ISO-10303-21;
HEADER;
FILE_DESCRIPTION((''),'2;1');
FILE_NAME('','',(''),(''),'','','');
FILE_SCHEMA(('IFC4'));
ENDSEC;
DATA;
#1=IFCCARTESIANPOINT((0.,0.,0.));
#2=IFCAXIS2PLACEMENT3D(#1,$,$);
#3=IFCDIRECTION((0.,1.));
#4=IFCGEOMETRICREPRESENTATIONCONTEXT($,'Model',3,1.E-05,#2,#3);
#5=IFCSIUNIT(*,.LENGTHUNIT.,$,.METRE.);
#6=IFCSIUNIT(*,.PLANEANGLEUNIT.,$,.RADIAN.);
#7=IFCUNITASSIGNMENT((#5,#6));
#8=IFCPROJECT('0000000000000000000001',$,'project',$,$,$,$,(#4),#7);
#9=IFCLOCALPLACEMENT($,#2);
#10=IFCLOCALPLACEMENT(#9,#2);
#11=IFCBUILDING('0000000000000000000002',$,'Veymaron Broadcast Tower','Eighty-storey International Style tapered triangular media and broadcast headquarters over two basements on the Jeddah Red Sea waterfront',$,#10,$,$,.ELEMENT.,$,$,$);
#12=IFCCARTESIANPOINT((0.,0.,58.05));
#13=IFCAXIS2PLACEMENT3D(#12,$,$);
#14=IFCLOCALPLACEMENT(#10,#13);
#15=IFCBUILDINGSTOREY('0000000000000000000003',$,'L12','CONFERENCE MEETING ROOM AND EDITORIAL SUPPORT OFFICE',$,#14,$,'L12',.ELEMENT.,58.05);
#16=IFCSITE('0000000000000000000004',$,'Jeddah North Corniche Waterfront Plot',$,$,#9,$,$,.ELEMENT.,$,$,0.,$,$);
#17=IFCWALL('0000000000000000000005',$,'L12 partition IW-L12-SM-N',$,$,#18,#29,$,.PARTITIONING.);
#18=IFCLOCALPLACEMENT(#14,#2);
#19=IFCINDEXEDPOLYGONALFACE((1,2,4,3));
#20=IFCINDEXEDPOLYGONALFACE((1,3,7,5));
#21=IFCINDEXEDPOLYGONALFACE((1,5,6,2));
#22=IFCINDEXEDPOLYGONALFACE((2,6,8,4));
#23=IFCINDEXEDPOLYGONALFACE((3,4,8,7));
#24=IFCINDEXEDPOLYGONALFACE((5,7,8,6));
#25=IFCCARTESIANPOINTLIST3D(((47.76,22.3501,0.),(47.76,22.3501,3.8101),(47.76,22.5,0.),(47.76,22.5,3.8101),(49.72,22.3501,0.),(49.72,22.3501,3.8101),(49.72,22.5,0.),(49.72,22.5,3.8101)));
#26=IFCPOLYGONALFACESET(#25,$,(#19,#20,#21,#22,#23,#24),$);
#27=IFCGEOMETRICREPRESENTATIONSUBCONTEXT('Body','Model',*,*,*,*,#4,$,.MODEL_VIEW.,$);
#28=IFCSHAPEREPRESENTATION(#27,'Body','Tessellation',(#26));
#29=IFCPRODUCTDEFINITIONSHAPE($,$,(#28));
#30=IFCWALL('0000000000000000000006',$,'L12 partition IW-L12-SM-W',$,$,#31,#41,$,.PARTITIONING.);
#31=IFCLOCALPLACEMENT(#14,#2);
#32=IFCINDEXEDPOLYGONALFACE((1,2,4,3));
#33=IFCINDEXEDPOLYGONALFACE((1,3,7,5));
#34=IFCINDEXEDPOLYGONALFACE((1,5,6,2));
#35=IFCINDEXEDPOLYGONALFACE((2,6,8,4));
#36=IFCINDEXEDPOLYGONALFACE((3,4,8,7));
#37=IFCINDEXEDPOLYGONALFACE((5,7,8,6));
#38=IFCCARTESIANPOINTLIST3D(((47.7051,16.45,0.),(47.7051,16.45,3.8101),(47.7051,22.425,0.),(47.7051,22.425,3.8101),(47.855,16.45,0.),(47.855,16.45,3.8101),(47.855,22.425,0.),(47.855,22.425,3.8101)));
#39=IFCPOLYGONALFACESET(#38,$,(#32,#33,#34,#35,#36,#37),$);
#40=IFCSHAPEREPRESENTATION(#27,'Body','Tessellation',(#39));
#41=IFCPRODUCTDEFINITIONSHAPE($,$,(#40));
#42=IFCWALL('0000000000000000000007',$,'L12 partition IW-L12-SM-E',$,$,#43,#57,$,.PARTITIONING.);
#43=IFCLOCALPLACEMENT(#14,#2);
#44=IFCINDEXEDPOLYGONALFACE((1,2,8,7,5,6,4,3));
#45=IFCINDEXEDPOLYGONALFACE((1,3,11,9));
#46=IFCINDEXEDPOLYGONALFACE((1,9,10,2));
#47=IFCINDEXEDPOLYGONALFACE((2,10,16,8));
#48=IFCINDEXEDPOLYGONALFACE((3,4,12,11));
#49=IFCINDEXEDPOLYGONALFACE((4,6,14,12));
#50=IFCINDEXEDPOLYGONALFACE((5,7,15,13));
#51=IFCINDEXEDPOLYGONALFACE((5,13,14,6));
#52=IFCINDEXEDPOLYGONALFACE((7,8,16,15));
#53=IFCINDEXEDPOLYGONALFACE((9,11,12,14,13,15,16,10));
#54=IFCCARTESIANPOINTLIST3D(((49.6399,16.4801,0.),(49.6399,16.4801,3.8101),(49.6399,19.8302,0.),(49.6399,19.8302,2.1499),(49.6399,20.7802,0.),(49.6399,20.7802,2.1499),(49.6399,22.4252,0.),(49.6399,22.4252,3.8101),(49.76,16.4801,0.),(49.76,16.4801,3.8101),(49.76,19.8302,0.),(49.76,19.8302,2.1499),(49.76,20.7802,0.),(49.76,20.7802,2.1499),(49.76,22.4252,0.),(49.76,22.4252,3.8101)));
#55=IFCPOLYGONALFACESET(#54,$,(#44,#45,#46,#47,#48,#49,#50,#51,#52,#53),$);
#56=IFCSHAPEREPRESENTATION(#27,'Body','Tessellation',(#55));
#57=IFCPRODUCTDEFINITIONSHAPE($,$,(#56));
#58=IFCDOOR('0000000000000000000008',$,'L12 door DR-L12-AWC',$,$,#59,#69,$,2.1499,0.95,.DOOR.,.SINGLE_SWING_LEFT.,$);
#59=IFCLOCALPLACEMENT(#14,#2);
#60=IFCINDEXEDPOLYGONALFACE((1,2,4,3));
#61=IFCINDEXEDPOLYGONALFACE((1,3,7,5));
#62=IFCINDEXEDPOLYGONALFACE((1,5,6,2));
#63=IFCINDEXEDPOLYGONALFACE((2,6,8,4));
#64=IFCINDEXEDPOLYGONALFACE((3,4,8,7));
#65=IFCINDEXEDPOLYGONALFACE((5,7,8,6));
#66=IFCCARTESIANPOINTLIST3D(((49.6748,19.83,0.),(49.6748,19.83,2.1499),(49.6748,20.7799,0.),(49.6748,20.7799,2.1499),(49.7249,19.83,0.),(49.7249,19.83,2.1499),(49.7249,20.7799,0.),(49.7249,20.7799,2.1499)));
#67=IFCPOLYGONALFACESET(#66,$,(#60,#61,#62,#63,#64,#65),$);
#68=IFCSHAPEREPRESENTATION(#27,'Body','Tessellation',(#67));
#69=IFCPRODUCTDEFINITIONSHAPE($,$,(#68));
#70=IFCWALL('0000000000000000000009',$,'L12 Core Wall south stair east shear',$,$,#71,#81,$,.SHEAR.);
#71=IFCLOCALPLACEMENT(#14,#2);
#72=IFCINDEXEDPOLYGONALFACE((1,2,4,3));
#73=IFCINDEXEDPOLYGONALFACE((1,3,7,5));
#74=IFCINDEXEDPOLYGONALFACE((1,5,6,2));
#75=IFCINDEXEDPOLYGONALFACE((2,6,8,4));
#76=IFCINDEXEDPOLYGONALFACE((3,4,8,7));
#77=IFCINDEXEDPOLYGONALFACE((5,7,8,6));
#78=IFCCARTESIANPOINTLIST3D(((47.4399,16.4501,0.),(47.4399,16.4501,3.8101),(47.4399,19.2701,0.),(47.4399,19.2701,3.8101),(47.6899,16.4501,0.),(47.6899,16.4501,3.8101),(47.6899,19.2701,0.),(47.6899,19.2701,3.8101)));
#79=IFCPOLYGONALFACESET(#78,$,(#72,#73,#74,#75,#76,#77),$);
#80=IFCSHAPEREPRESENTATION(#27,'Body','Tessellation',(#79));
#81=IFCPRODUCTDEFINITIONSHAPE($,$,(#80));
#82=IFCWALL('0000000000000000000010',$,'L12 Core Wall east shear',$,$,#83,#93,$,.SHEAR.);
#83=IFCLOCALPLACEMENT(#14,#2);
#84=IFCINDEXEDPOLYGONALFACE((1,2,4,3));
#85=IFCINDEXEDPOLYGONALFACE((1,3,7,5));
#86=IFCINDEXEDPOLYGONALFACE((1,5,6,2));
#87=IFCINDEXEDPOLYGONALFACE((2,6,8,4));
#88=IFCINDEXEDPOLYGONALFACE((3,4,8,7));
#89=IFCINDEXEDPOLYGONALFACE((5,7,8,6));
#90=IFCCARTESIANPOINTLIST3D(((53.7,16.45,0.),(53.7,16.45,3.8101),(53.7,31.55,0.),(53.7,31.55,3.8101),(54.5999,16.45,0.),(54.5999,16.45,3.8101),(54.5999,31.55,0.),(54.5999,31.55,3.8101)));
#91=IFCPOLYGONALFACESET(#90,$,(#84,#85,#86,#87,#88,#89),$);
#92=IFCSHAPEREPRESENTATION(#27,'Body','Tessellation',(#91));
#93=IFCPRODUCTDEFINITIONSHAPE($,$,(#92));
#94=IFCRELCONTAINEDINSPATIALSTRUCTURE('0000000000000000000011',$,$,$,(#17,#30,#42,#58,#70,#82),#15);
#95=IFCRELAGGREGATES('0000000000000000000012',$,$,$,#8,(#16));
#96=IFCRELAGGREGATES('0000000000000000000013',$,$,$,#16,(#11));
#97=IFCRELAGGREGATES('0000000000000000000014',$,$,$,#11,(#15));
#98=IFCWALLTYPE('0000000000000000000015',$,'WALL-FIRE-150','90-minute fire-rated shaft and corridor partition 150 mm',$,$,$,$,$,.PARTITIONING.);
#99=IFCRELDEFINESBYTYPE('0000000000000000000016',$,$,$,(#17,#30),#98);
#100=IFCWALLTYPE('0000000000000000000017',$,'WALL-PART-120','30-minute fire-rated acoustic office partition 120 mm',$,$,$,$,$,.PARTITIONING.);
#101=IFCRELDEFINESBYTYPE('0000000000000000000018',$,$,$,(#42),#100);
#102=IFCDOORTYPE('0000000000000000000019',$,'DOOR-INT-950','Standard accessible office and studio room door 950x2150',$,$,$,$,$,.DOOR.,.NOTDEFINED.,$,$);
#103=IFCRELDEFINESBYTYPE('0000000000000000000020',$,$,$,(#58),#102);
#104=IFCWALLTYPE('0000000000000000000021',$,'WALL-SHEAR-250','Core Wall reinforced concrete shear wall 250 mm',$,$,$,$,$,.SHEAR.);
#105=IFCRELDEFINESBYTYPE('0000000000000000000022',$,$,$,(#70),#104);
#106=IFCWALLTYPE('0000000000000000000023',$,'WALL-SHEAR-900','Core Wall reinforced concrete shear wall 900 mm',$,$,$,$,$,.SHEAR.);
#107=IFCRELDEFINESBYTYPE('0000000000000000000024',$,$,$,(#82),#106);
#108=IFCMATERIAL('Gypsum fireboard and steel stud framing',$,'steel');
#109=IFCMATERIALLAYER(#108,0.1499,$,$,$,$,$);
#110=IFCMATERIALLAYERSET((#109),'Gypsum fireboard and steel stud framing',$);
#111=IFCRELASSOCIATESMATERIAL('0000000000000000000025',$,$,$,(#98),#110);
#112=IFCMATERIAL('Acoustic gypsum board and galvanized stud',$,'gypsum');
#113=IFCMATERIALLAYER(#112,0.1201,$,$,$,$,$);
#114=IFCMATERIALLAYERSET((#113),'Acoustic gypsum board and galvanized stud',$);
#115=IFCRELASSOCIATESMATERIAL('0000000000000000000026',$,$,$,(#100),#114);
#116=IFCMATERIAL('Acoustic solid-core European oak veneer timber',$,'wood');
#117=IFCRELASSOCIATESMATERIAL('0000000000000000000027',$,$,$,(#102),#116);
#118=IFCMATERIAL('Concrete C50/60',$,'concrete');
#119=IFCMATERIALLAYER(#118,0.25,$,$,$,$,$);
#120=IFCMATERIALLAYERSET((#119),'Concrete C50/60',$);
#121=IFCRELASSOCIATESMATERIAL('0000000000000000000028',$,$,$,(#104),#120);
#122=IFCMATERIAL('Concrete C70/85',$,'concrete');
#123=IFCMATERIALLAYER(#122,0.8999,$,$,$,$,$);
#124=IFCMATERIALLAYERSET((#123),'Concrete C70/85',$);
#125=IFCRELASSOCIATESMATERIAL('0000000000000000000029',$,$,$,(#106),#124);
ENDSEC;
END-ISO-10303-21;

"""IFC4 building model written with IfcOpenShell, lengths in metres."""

from ifc_helpers import new_model, si_unit, direction, frame, frame_2d, origin, place, context, subcontext, project, spatial, rectangle, extrude, material, layer, layer_set, type_object, element, fill, save


model = new_model("IFC4")

# Units and contexts
model_context = context("Model", 3, precision=1e-05, world=origin(), true_north=direction((0.0, 1.0)))
body_context = subcontext(model_context, "Body", "Model", "MODEL_VIEW")
ifc_project = project(units=[si_unit("LENGTHUNIT", "METRE"), si_unit("PLANEANGLEUNIT", "RADIAN")], contexts=[model_context])

# Site, building, storey
site_placement = place(None, origin())
site = spatial("IfcSite", under=ifc_project, at=site_placement, Name="Jeddah North Corniche Waterfront Plot", CompositionType="ELEMENT", RefElevation=0.0)
building_placement = place(site_placement, origin())
building = spatial("IfcBuilding", under=site, at=building_placement, Name="Veymaron Broadcast Tower", Description="Eighty-storey International Style tapered triangular media and broadcast headquarters over two basements on the Jeddah Red Sea waterfront", CompositionType="ELEMENT")
storey_placement = place(building_placement, frame((0.0, 0.0, 58.05)))
storey = spatial("IfcBuildingStorey", under=building, at=storey_placement, Name="L12", Description="CONFERENCE MEETING ROOM AND EDITORIAL SUPPORT OFFICE", LongName="L12", CompositionType="ELEMENT", Elevation=58.05)

# Shared definitions
ifc_material_1 = material(Name="Gypsum fireboard and steel stud framing", Category="steel")
ifc_layer_1 = layer(ifc_material_1, 0.1499)
ifc_layer_set_1 = layer_set([ifc_layer_1], Name="Gypsum fireboard and steel stud framing")
wall_type_1 = type_object("IfcWallType", Name="WALL-FIRE-150", Description="90-minute fire-rated shaft and corridor partition 150 mm", PredefinedType="PARTITIONING", material=ifc_layer_set_1)

# Walls
wall_1_placement = place(storey_placement, frame((47.76, 22.425, 0.0), z_axis=(0.0, 0.0, 1.0), x_axis=(1.0, 0.0, 0.0)))
element("IfcWall", 1, at=wall_1_placement, inside=storey, type_object=wall_type_1, Name="L12 partition IW-L12-SM-N", PredefinedType="PARTITIONING", context=body_context, shape_type="SweptSolid", body=[
    extrude(rectangle(XDim=1.96, YDim=0.1499, at=frame_2d((0.98, 0.0))), origin(), (0.0, 0.0, 1.0), 3.8101),
])
wall_2_placement = place(storey_placement, frame((47.78, 16.45, 0.0), z_axis=(0.0, 0.0, 1.0), x_axis=(0.0, 1.0, 0.0)))
element("IfcWall", 2, at=wall_2_placement, inside=storey, type_object=wall_type_1, Name="L12 partition IW-L12-SM-W", PredefinedType="PARTITIONING", context=body_context, shape_type="SweptSolid", body=[
    extrude(rectangle(XDim=5.9751, YDim=0.1499, at=frame_2d((2.9875, 0.0))), origin(), (0.0, 0.0, 1.0), 3.8101),
])

# Wall, opening, door
ifc_material_2 = material(Name="Acoustic gypsum board and galvanized stud", Category="gypsum")
ifc_layer_2 = layer(ifc_material_2, 0.1201)
ifc_layer_set_2 = layer_set([ifc_layer_2], Name="Acoustic gypsum board and galvanized stud")
wall_type_2 = type_object("IfcWallType", Name="WALL-PART-120", Description="30-minute fire-rated acoustic office partition 120 mm", PredefinedType="PARTITIONING", material=ifc_layer_set_2)
wall_3_placement = place(storey_placement, frame((49.7, 16.48, 0.0), z_axis=(0.0, 0.0, 1.0), x_axis=(0.0, 1.0, 0.0)))
wall_3 = element("IfcWall", 3, at=wall_3_placement, inside=storey, type_object=wall_type_2, Name="L12 partition IW-L12-SM-E", PredefinedType="PARTITIONING", context=body_context, shape_type="SweptSolid", body=[
    extrude(rectangle(XDim=5.9451, YDim=0.1201, at=frame_2d((2.9727, 0.0))), origin(), (0.0, 0.0, 1.0), 3.8101),
])
opening_1_placement = place(wall_3_placement, frame((3.3501, 0.0, 0.0)))
opening_1 = element("IfcOpeningElement", 4, at=opening_1_placement, cuts=wall_3, PredefinedType="OPENING", context=body_context, shape_type="SweptSolid", body=[
    extrude(rectangle(XDim=0.95, YDim=2.1499, at=frame_2d((0.4751, 1.075))), frame((0.0, 0.0701, 0.0), z_axis=(0.0, -1.0, 0.0), x_axis=(1.0, 0.0, 0.0)), (0.0, 0.0, 1.0), 0.1401),
])
ifc_material_3 = material(Name="Acoustic solid-core European oak veneer timber", Category="wood")
door_type_1 = type_object("IfcDoorType", Name="DOOR-INT-950", Description="Standard accessible office and studio room door 950x2150", OperationType="NOTDEFINED", PredefinedType="DOOR", material=ifc_material_3)
door_1_placement = place(opening_1_placement, frame((0.95, 0.0, 0.0), z_axis=(0.0, 0.0, 1.0), x_axis=(-1.0, 0.0, 0.0)))
door_1 = element("IfcDoor", 5, at=door_1_placement, inside=storey, type_object=door_type_1, Name="L12 door DR-L12-AWC", OperationType="SINGLE_SWING_LEFT", OverallHeight=2.1499, OverallWidth=0.95, PredefinedType="DOOR", context=body_context, shape_type="SweptSolid", body=[
    extrude(rectangle(XDim=0.95, YDim=2.1499, at=frame_2d((0.4751, 1.075))), frame((0.0, 0.0249, 0.0), z_axis=(0.0, -1.0, 0.0), x_axis=(1.0, 0.0, 0.0)), (0.0, 0.0, 1.0), 0.05),
])
fill(opening_1, door_1)

# Walls
ifc_material_4 = material(Name="Concrete C50/60", Category="concrete")
ifc_layer_3 = layer(ifc_material_4, 0.25)
ifc_layer_set_3 = layer_set([ifc_layer_3], Name="Concrete C50/60")
wall_type_3 = type_object("IfcWallType", Name="WALL-SHEAR-250", Description="Core Wall reinforced concrete shear wall 250 mm", PredefinedType="SHEAR", material=ifc_layer_set_3)
wall_4_placement = place(storey_placement, frame((47.5649, 16.45, 0.0), z_axis=(0.0, 0.0, 1.0), x_axis=(0.0, 1.0, 0.0)))
element("IfcWall", 6, at=wall_4_placement, inside=storey, type_object=wall_type_3, Name="L12 Core Wall south stair east shear", PredefinedType="SHEAR", context=body_context, shape_type="SweptSolid", body=[
    extrude(rectangle(XDim=2.8201, YDim=0.25, at=frame_2d((1.4102, 0.0))), origin(), (0.0, 0.0, 1.0), 3.8101),
])
ifc_material_5 = material(Name="Concrete C70/85", Category="concrete")
ifc_layer_4 = layer(ifc_material_5, 0.8999)
ifc_layer_set_4 = layer_set([ifc_layer_4], Name="Concrete C70/85")
wall_type_4 = type_object("IfcWallType", Name="WALL-SHEAR-900", Description="Core Wall reinforced concrete shear wall 900 mm", PredefinedType="SHEAR", material=ifc_layer_set_4)
wall_5_placement = place(storey_placement, frame((54.1499, 16.45, 0.0), z_axis=(0.0, 0.0, 1.0), x_axis=(0.0, 1.0, 0.0)))
element("IfcWall", 7, at=wall_5_placement, inside=storey, type_object=wall_type_4, Name="L12 Core Wall east shear", PredefinedType="SHEAR", context=body_context, shape_type="SweptSolid", body=[
    extrude(rectangle(XDim=15.1001, YDim=0.8999, at=frame_2d((7.55, 0.0))), origin(), (0.0, 0.0, 1.0), 3.8101),
])

save(model, "model.ifc")
